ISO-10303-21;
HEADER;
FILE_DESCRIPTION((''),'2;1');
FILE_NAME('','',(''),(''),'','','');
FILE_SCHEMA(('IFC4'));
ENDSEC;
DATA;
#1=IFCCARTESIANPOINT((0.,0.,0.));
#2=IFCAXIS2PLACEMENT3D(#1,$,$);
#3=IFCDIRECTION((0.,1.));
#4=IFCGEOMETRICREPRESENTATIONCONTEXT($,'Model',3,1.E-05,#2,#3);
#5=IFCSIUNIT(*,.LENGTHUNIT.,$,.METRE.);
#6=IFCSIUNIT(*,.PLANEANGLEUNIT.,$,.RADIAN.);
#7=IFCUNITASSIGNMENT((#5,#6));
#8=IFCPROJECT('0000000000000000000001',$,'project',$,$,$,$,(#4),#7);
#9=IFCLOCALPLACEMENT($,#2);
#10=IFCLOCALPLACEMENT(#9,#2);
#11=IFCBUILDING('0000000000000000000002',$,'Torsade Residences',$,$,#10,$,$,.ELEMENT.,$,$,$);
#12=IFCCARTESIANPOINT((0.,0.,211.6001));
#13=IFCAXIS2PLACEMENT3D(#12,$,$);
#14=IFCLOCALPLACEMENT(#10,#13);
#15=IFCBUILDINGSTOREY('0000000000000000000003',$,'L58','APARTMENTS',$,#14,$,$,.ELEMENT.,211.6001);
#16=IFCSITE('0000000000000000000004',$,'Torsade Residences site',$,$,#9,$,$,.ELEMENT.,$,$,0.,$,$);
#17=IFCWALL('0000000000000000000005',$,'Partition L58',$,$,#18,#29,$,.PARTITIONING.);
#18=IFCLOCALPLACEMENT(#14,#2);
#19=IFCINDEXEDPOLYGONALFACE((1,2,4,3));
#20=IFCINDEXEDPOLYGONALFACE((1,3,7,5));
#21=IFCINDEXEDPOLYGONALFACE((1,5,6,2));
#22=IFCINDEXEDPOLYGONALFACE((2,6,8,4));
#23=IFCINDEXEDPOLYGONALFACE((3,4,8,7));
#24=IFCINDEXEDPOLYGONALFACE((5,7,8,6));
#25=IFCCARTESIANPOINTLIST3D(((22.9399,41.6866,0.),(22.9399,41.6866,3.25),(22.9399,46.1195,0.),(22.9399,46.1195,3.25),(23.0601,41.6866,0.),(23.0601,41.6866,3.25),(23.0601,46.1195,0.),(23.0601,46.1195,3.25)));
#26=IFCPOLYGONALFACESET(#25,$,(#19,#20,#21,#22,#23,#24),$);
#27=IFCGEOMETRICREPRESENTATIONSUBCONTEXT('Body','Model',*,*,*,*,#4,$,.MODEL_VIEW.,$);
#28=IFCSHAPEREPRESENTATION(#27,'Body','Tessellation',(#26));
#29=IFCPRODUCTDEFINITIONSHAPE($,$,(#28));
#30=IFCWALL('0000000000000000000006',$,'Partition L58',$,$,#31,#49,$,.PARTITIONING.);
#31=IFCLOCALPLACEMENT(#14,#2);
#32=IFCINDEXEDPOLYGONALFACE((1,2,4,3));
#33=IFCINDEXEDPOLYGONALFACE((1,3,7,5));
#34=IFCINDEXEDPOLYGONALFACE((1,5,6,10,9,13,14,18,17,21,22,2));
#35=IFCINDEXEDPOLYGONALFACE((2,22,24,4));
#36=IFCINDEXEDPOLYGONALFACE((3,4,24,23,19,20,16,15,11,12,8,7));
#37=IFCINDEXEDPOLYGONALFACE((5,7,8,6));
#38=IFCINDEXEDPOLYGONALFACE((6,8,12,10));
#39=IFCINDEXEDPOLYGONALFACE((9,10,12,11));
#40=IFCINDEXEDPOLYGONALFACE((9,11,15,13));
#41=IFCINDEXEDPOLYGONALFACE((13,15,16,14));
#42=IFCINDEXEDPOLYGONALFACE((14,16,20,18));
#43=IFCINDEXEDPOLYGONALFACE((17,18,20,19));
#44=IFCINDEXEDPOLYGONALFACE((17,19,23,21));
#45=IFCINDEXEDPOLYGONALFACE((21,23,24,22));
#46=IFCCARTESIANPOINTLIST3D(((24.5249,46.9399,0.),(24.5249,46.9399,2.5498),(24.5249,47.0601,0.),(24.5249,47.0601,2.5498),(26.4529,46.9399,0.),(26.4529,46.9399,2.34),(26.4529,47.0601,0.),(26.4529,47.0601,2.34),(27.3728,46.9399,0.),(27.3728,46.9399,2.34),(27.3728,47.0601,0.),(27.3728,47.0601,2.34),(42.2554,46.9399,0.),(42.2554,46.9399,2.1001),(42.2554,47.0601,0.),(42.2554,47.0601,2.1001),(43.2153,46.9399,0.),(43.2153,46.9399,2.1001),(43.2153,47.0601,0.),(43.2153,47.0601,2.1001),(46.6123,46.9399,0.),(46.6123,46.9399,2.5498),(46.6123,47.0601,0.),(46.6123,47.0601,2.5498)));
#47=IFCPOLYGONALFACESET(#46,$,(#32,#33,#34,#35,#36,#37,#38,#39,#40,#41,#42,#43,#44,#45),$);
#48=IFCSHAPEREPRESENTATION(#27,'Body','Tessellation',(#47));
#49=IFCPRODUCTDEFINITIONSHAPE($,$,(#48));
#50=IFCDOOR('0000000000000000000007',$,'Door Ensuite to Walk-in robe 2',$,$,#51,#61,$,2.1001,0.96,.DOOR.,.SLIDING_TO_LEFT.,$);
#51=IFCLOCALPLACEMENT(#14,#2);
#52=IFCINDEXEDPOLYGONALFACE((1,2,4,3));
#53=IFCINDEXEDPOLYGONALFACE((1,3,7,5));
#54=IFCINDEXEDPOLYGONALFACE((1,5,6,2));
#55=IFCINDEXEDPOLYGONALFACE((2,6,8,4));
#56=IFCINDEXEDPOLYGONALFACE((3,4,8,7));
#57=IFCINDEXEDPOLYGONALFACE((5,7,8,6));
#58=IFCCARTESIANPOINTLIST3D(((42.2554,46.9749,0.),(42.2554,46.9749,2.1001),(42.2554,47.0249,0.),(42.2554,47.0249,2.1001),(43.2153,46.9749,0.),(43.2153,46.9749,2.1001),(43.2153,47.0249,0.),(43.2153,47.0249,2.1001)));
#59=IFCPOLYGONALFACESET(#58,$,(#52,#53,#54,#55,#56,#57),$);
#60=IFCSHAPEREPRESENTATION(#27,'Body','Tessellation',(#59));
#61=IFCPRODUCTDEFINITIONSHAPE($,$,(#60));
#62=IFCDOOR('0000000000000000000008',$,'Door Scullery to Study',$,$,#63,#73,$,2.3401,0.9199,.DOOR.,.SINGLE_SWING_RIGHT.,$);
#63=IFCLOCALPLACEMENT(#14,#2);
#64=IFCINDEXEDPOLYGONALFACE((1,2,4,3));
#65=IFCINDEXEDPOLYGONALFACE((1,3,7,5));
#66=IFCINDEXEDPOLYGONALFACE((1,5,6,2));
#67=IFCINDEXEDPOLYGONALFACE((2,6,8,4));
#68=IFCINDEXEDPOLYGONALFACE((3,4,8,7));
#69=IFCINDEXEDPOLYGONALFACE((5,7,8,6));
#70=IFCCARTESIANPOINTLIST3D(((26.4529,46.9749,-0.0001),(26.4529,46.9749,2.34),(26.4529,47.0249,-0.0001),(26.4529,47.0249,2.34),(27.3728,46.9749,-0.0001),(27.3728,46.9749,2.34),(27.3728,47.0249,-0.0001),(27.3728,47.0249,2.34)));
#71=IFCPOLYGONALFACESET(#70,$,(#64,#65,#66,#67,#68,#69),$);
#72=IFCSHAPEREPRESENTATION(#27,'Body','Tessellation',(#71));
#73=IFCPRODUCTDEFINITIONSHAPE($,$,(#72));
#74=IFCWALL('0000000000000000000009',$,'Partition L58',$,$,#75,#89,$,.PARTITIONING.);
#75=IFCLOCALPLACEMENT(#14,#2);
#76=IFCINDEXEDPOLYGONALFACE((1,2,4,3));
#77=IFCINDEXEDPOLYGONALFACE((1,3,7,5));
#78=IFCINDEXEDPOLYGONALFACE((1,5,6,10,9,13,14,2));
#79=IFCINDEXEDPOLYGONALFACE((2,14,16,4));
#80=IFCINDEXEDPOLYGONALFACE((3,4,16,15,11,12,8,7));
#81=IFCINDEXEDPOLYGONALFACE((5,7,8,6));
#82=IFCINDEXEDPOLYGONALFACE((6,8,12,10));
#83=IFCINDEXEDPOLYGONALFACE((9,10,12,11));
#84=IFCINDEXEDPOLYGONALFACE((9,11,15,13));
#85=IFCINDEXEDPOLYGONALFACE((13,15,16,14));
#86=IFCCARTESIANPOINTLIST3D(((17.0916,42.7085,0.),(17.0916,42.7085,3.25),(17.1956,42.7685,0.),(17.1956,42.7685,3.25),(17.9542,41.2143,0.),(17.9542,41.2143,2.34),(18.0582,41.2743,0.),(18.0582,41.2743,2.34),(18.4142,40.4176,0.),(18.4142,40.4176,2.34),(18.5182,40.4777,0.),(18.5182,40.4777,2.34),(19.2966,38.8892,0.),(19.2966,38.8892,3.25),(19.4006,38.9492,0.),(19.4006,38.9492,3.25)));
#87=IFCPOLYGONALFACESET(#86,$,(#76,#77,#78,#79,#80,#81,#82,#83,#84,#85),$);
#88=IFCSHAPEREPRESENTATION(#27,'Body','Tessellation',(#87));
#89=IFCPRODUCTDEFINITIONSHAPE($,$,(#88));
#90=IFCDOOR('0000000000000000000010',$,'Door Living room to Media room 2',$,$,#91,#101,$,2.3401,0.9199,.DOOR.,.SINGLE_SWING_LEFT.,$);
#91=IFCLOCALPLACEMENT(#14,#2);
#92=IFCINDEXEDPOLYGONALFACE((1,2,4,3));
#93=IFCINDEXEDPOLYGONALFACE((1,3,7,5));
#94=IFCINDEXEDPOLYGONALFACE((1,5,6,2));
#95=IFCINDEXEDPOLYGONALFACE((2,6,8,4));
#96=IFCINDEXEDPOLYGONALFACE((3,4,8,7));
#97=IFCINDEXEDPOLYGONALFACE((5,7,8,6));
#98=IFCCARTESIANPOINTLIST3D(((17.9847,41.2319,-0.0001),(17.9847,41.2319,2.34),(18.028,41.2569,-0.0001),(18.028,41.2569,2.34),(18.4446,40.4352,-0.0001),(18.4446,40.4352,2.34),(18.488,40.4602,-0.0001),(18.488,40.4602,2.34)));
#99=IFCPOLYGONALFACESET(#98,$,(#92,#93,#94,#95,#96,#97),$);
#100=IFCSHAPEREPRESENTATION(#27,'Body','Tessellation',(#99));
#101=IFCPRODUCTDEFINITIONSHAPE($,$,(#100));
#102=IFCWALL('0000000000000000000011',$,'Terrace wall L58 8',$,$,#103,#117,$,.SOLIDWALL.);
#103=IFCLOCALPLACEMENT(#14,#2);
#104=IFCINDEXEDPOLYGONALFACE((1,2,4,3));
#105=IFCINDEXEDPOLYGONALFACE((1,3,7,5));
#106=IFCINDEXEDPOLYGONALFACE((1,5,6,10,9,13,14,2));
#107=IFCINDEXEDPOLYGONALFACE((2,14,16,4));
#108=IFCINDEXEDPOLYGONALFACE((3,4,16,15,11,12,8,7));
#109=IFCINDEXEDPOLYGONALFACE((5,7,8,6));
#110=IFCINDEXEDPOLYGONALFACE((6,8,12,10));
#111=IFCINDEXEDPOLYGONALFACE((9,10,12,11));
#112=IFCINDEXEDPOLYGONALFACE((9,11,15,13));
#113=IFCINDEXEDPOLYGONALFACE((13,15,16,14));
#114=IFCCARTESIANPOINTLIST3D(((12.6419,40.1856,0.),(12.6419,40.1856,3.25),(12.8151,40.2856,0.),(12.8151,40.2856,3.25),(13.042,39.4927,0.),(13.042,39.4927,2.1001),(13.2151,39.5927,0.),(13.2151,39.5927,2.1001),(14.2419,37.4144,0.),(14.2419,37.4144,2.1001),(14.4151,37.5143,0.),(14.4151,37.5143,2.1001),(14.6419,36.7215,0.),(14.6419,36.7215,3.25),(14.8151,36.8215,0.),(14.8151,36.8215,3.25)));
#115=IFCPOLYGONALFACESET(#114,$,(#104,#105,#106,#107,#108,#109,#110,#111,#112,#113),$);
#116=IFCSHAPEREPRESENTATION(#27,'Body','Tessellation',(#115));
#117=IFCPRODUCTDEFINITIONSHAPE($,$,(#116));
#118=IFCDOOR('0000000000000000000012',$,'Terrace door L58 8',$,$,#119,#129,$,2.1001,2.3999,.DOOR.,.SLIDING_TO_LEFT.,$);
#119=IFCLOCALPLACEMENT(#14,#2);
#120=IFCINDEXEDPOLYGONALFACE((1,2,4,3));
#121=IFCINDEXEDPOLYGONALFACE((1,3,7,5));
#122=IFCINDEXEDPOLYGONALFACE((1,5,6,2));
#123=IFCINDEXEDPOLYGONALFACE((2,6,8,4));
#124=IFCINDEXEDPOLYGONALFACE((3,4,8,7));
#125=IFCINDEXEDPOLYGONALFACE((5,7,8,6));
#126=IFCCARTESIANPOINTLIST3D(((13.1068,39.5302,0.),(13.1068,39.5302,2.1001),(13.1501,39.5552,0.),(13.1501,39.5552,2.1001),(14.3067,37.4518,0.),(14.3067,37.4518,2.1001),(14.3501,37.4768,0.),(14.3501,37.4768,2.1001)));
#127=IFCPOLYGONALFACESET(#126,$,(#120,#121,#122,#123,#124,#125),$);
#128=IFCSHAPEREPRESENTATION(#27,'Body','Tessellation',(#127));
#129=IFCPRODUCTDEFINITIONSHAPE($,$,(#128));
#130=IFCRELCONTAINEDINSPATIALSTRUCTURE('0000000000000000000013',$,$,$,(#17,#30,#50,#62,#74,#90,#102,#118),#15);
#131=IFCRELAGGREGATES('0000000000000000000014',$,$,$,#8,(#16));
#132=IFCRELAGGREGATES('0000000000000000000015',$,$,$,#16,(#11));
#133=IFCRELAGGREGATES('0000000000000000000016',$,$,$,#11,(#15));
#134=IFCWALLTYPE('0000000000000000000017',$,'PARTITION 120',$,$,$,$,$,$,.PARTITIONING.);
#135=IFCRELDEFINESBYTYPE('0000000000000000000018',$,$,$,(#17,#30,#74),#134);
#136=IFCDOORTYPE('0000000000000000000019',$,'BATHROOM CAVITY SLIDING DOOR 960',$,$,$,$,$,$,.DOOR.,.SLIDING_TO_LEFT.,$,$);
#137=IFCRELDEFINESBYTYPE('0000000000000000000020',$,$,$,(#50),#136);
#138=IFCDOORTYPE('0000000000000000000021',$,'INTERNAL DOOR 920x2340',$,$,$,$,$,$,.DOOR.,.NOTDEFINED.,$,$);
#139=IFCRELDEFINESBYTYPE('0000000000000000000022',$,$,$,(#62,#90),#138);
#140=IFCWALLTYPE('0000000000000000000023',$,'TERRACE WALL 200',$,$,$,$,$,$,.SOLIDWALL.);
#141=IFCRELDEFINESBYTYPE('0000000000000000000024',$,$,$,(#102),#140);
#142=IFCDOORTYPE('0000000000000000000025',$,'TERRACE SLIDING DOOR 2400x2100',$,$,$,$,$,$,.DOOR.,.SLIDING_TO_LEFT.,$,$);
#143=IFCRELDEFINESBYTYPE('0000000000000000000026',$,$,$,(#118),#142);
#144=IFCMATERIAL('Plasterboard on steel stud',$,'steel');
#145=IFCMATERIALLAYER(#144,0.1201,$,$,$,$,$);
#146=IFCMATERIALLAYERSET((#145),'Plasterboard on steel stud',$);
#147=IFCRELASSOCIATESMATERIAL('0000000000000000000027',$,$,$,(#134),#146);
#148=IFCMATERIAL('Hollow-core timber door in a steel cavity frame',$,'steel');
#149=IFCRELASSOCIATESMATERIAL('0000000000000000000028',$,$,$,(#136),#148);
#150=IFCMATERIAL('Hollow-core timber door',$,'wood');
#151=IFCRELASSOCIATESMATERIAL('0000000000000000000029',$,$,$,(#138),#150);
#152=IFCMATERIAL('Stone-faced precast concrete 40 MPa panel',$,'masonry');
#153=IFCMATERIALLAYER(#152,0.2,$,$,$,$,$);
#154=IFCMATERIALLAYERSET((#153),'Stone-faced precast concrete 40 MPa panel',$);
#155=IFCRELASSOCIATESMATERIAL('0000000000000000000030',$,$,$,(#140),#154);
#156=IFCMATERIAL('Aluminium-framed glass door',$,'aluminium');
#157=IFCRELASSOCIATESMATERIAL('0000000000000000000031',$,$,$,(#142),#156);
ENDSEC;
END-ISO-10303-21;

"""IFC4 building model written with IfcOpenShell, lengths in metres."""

from ifc_helpers import new_model, si_unit, direction, frame, frame_2d, origin, place, context, subcontext, project, spatial, rectangle, extrude, material, layer, layer_set, type_object, element, fill, save


model = new_model("IFC4")

# Units and contexts
model_context = context("Model", 3, precision=1e-05, world=origin(), true_north=direction((0.0, 1.0)))
body_context = subcontext(model_context, "Body", "Model", "MODEL_VIEW")
ifc_project = project(units=[si_unit("LENGTHUNIT", "METRE"), si_unit("PLANEANGLEUNIT", "RADIAN")], contexts=[model_context])

# Site, building, storey
site_placement = place(None, origin())
site = spatial("IfcSite", under=ifc_project, at=site_placement, Name="Torsade Residences site", CompositionType="ELEMENT", RefElevation=0.0)
building_placement = place(site_placement, origin())
building = spatial("IfcBuilding", under=site, at=building_placement, Name="Torsade Residences", CompositionType="ELEMENT")
storey_placement = place(building_placement, frame((0.0, 0.0, 211.6001)))
storey = spatial("IfcBuildingStorey", under=building, at=storey_placement, Name="L58", Description="APARTMENTS", CompositionType="ELEMENT", Elevation=211.6001)

# Wall
ifc_material_1 = material(Name="Plasterboard on steel stud", Category="steel")
ifc_layer_1 = layer(ifc_material_1, 0.1201)
ifc_layer_set_1 = layer_set([ifc_layer_1], Name="Plasterboard on steel stud")
wall_type_1 = type_object("IfcWallType", Name="PARTITION 120", PredefinedType="PARTITIONING", material=ifc_layer_set_1)
wall_1_placement = place(storey_placement, frame((23.0, 41.6868, 0.0), z_axis=(0.0, 0.0, 1.0), x_axis=(0.0, 1.0, 0.0)))
element("IfcWall", 1, at=wall_1_placement, inside=storey, type_object=wall_type_1, Name="Partition L58", PredefinedType="PARTITIONING", context=body_context, shape_type="SweptSolid", body=[
    extrude(rectangle(XDim=4.4329, YDim=0.1201, at=frame_2d((2.2163, 0.0))), origin(), (0.0, 0.0, 1.0), 3.25),
])

# Wall, openings, doors
wall_2_placement = place(storey_placement, frame((24.5249, 47.0, 0.0), z_axis=(0.0, 0.0, 1.0), x_axis=(1.0, 0.0, 0.0)))
wall_2 = element("IfcWall", 2, at=wall_2_placement, inside=storey, type_object=wall_type_1, Name="Partition L58", PredefinedType="PARTITIONING", context=body_context, shape_type="SweptSolid", body=[
    extrude(rectangle(XDim=22.0874, YDim=0.1201, at=frame_2d((11.0437, 0.0))), origin(), (0.0, 0.0, 1.0), 2.5498),
])
opening_1_placement = place(wall_2_placement, frame((1.928, 0.0, 0.0)))
opening_1 = element("IfcOpeningElement", 3, at=opening_1_placement, cuts=wall_2, PredefinedType="OPENING", context=body_context, shape_type="SweptSolid", body=[
    extrude(rectangle(XDim=0.9199, YDim=2.3401, at=frame_2d((0.46, 1.1699))), frame((0.0, 0.0701, 0.0), z_axis=(0.0, -1.0, 0.0), x_axis=(1.0, 0.0, 0.0)), (0.0, 0.0, 1.0), 0.1401),
])
opening_2_placement = place(wall_2_placement, frame((17.7305, 0.0, 0.0)))
opening_2 = element("IfcOpeningElement", 4, at=opening_2_placement, cuts=wall_2, PredefinedType="OPENING", context=body_context, shape_type="SweptSolid", body=[
    extrude(rectangle(XDim=0.96, YDim=2.1001, at=frame_2d((0.48, 1.05))), frame((0.0, 0.0701, 0.0), z_axis=(0.0, -1.0, 0.0), x_axis=(1.0, 0.0, 0.0)), (0.0, 0.0, 1.0), 0.1401),
])
ifc_material_2 = material(Name="Hollow-core timber door in a steel cavity frame", Category="steel")
door_type_1 = type_object("IfcDoorType", Name="BATHROOM CAVITY SLIDING DOOR 960", OperationType="SLIDING_TO_LEFT", PredefinedType="DOOR", material=ifc_material_2)
door_1_placement = place(opening_2_placement, origin())
door_1 = element("IfcDoor", 5, at=door_1_placement, inside=storey, type_object=door_type_1, Name="Door Ensuite to Walk-in robe 2", OperationType="SLIDING_TO_LEFT", OverallHeight=2.1001, OverallWidth=0.96, PredefinedType="DOOR", context=body_context, shape_type="SweptSolid", body=[
    extrude(rectangle(XDim=0.96, YDim=2.1001, at=frame_2d((0.48, 1.05))), frame((0.0, 0.0249, 0.0), z_axis=(0.0, -1.0, 0.0), x_axis=(1.0, 0.0, 0.0)), (0.0, 0.0, 1.0), 0.05),
])
fill(opening_2, door_1)
ifc_material_3 = material(Name="Hollow-core timber door", Category="wood")
door_type_2 = type_object("IfcDoorType", Name="INTERNAL DOOR 920x2340", OperationType="NOTDEFINED", PredefinedType="DOOR", material=ifc_material_3)
door_2_placement = place(opening_1_placement, origin())
door_2 = element("IfcDoor", 6, at=door_2_placement, inside=storey, type_object=door_type_2, Name="Door Scullery to Study", OperationType="SINGLE_SWING_RIGHT", OverallHeight=2.3401, OverallWidth=0.9199, PredefinedType="DOOR", context=body_context, shape_type="SweptSolid", body=[
    extrude(rectangle(XDim=0.9199, YDim=2.3401, at=frame_2d((0.46, 1.1699))), frame((0.0, 0.0249, 0.0), z_axis=(0.0, -1.0, 0.0), x_axis=(1.0, 0.0, 0.0)), (0.0, 0.0, 1.0), 0.05),
])
fill(opening_1, door_2)

# Walls, openings, doors
wall_3_placement = place(storey_placement, frame((19.3486, 38.9192, 0.0), z_axis=(0.0, 0.0, 1.0), x_axis=(-0.499997, 0.866027, 0.0)))
wall_3 = element("IfcWall", 7, at=wall_3_placement, inside=storey, type_object=wall_type_1, Name="Partition L58", PredefinedType="PARTITIONING", context=body_context, shape_type="SweptSolid", body=[
    extrude(rectangle(XDim=4.4102, YDim=0.1201, at=frame_2d((2.2051, 0.0))), origin(), (0.0, 0.0, 1.0), 3.25),
])
opening_3_placement = place(wall_3_placement, frame((1.7649, 0.0, 0.0)))
opening_3 = element("IfcOpeningElement", 8, at=opening_3_placement, cuts=wall_3, PredefinedType="OPENING", context=body_context, shape_type="SweptSolid", body=[
    extrude(rectangle(XDim=0.9199, YDim=2.3401, at=frame_2d((0.46, 1.1699))), frame((0.0, 0.0701, 0.0), z_axis=(0.0, -1.0, 0.0), x_axis=(1.0, 0.0, 0.0)), (0.0, 0.0, 1.0), 0.1401),
])
door_3_placement = place(opening_3_placement, origin())
door_3 = element("IfcDoor", 9, at=door_3_placement, inside=storey, type_object=door_type_2, Name="Door Living room to Media room 2", OperationType="SINGLE_SWING_LEFT", OverallHeight=2.3401, OverallWidth=0.9199, PredefinedType="DOOR", context=body_context, shape_type="SweptSolid", body=[
    extrude(rectangle(XDim=0.9199, YDim=2.3401, at=frame_2d((0.46, 1.1699))), frame((0.0, 0.0249, 0.0), z_axis=(0.0, -1.0, 0.0), x_axis=(1.0, 0.0, 0.0)), (0.0, 0.0, 1.0), 0.05),
])
fill(opening_3, door_3)
ifc_material_4 = material(Name="Stone-faced precast concrete 40 MPa panel", Category="masonry")
ifc_layer_2 = layer(ifc_material_4, 0.2)
ifc_layer_set_2 = layer_set([ifc_layer_2], Name="Stone-faced precast concrete 40 MPa panel")
wall_type_2 = type_object("IfcWallType", Name="TERRACE WALL 200", PredefinedType="SOLIDWALL", material=ifc_layer_set_2)
wall_4_placement = place(storey_placement, frame((12.7285, 40.2356, 0.0), z_axis=(0.0, 0.0, 1.0), x_axis=(0.499999, -0.866026, 0.0)))
wall_4 = element("IfcWall", 10, at=wall_4_placement, inside=storey, type_object=wall_type_2, Name="Terrace wall L58 8", PredefinedType="SOLIDWALL", context=body_context, shape_type="SweptSolid", body=[
    extrude(rectangle(XDim=4.0, YDim=0.2, at=frame_2d((2.0, 0.0))), origin(), (0.0, 0.0, 1.0), 3.25),
])
opening_4_placement = place(wall_4_placement, frame((0.8, 0.0, 0.0)))
opening_4 = element("IfcOpeningElement", 11, at=opening_4_placement, cuts=wall_4, PredefinedType="OPENING", context=body_context, shape_type="SweptSolid", body=[
    extrude(rectangle(XDim=2.3999, YDim=2.1001, at=frame_2d((1.2, 1.05))), frame((0.0, 0.1099, 0.0), z_axis=(0.0, -1.0, 0.0), x_axis=(1.0, 0.0, 0.0)), (0.0, 0.0, 1.0), 0.22),
])
ifc_material_5 = material(Name="Aluminium-framed glass door", Category="aluminium")
door_type_3 = type_object("IfcDoorType", Name="TERRACE SLIDING DOOR 2400x2100", OperationType="SLIDING_TO_LEFT", PredefinedType="DOOR", material=ifc_material_5)
door_4_placement = place(opening_4_placement, origin())
door_4 = element("IfcDoor", 12, at=door_4_placement, inside=storey, type_object=door_type_3, Name="Terrace door L58 8", OperationType="SLIDING_TO_LEFT", OverallHeight=2.1001, OverallWidth=2.3999, PredefinedType="DOOR", context=body_context, shape_type="SweptSolid", body=[
    extrude(rectangle(XDim=2.3999, YDim=2.1001, at=frame_2d((1.2, 1.05))), frame((0.0, 0.0249, 0.0), z_axis=(0.0, -1.0, 0.0), x_axis=(1.0, 0.0, 0.0)), (0.0, 0.0, 1.0), 0.05),
])
fill(opening_4, door_4)

save(model, "model.ifc")
